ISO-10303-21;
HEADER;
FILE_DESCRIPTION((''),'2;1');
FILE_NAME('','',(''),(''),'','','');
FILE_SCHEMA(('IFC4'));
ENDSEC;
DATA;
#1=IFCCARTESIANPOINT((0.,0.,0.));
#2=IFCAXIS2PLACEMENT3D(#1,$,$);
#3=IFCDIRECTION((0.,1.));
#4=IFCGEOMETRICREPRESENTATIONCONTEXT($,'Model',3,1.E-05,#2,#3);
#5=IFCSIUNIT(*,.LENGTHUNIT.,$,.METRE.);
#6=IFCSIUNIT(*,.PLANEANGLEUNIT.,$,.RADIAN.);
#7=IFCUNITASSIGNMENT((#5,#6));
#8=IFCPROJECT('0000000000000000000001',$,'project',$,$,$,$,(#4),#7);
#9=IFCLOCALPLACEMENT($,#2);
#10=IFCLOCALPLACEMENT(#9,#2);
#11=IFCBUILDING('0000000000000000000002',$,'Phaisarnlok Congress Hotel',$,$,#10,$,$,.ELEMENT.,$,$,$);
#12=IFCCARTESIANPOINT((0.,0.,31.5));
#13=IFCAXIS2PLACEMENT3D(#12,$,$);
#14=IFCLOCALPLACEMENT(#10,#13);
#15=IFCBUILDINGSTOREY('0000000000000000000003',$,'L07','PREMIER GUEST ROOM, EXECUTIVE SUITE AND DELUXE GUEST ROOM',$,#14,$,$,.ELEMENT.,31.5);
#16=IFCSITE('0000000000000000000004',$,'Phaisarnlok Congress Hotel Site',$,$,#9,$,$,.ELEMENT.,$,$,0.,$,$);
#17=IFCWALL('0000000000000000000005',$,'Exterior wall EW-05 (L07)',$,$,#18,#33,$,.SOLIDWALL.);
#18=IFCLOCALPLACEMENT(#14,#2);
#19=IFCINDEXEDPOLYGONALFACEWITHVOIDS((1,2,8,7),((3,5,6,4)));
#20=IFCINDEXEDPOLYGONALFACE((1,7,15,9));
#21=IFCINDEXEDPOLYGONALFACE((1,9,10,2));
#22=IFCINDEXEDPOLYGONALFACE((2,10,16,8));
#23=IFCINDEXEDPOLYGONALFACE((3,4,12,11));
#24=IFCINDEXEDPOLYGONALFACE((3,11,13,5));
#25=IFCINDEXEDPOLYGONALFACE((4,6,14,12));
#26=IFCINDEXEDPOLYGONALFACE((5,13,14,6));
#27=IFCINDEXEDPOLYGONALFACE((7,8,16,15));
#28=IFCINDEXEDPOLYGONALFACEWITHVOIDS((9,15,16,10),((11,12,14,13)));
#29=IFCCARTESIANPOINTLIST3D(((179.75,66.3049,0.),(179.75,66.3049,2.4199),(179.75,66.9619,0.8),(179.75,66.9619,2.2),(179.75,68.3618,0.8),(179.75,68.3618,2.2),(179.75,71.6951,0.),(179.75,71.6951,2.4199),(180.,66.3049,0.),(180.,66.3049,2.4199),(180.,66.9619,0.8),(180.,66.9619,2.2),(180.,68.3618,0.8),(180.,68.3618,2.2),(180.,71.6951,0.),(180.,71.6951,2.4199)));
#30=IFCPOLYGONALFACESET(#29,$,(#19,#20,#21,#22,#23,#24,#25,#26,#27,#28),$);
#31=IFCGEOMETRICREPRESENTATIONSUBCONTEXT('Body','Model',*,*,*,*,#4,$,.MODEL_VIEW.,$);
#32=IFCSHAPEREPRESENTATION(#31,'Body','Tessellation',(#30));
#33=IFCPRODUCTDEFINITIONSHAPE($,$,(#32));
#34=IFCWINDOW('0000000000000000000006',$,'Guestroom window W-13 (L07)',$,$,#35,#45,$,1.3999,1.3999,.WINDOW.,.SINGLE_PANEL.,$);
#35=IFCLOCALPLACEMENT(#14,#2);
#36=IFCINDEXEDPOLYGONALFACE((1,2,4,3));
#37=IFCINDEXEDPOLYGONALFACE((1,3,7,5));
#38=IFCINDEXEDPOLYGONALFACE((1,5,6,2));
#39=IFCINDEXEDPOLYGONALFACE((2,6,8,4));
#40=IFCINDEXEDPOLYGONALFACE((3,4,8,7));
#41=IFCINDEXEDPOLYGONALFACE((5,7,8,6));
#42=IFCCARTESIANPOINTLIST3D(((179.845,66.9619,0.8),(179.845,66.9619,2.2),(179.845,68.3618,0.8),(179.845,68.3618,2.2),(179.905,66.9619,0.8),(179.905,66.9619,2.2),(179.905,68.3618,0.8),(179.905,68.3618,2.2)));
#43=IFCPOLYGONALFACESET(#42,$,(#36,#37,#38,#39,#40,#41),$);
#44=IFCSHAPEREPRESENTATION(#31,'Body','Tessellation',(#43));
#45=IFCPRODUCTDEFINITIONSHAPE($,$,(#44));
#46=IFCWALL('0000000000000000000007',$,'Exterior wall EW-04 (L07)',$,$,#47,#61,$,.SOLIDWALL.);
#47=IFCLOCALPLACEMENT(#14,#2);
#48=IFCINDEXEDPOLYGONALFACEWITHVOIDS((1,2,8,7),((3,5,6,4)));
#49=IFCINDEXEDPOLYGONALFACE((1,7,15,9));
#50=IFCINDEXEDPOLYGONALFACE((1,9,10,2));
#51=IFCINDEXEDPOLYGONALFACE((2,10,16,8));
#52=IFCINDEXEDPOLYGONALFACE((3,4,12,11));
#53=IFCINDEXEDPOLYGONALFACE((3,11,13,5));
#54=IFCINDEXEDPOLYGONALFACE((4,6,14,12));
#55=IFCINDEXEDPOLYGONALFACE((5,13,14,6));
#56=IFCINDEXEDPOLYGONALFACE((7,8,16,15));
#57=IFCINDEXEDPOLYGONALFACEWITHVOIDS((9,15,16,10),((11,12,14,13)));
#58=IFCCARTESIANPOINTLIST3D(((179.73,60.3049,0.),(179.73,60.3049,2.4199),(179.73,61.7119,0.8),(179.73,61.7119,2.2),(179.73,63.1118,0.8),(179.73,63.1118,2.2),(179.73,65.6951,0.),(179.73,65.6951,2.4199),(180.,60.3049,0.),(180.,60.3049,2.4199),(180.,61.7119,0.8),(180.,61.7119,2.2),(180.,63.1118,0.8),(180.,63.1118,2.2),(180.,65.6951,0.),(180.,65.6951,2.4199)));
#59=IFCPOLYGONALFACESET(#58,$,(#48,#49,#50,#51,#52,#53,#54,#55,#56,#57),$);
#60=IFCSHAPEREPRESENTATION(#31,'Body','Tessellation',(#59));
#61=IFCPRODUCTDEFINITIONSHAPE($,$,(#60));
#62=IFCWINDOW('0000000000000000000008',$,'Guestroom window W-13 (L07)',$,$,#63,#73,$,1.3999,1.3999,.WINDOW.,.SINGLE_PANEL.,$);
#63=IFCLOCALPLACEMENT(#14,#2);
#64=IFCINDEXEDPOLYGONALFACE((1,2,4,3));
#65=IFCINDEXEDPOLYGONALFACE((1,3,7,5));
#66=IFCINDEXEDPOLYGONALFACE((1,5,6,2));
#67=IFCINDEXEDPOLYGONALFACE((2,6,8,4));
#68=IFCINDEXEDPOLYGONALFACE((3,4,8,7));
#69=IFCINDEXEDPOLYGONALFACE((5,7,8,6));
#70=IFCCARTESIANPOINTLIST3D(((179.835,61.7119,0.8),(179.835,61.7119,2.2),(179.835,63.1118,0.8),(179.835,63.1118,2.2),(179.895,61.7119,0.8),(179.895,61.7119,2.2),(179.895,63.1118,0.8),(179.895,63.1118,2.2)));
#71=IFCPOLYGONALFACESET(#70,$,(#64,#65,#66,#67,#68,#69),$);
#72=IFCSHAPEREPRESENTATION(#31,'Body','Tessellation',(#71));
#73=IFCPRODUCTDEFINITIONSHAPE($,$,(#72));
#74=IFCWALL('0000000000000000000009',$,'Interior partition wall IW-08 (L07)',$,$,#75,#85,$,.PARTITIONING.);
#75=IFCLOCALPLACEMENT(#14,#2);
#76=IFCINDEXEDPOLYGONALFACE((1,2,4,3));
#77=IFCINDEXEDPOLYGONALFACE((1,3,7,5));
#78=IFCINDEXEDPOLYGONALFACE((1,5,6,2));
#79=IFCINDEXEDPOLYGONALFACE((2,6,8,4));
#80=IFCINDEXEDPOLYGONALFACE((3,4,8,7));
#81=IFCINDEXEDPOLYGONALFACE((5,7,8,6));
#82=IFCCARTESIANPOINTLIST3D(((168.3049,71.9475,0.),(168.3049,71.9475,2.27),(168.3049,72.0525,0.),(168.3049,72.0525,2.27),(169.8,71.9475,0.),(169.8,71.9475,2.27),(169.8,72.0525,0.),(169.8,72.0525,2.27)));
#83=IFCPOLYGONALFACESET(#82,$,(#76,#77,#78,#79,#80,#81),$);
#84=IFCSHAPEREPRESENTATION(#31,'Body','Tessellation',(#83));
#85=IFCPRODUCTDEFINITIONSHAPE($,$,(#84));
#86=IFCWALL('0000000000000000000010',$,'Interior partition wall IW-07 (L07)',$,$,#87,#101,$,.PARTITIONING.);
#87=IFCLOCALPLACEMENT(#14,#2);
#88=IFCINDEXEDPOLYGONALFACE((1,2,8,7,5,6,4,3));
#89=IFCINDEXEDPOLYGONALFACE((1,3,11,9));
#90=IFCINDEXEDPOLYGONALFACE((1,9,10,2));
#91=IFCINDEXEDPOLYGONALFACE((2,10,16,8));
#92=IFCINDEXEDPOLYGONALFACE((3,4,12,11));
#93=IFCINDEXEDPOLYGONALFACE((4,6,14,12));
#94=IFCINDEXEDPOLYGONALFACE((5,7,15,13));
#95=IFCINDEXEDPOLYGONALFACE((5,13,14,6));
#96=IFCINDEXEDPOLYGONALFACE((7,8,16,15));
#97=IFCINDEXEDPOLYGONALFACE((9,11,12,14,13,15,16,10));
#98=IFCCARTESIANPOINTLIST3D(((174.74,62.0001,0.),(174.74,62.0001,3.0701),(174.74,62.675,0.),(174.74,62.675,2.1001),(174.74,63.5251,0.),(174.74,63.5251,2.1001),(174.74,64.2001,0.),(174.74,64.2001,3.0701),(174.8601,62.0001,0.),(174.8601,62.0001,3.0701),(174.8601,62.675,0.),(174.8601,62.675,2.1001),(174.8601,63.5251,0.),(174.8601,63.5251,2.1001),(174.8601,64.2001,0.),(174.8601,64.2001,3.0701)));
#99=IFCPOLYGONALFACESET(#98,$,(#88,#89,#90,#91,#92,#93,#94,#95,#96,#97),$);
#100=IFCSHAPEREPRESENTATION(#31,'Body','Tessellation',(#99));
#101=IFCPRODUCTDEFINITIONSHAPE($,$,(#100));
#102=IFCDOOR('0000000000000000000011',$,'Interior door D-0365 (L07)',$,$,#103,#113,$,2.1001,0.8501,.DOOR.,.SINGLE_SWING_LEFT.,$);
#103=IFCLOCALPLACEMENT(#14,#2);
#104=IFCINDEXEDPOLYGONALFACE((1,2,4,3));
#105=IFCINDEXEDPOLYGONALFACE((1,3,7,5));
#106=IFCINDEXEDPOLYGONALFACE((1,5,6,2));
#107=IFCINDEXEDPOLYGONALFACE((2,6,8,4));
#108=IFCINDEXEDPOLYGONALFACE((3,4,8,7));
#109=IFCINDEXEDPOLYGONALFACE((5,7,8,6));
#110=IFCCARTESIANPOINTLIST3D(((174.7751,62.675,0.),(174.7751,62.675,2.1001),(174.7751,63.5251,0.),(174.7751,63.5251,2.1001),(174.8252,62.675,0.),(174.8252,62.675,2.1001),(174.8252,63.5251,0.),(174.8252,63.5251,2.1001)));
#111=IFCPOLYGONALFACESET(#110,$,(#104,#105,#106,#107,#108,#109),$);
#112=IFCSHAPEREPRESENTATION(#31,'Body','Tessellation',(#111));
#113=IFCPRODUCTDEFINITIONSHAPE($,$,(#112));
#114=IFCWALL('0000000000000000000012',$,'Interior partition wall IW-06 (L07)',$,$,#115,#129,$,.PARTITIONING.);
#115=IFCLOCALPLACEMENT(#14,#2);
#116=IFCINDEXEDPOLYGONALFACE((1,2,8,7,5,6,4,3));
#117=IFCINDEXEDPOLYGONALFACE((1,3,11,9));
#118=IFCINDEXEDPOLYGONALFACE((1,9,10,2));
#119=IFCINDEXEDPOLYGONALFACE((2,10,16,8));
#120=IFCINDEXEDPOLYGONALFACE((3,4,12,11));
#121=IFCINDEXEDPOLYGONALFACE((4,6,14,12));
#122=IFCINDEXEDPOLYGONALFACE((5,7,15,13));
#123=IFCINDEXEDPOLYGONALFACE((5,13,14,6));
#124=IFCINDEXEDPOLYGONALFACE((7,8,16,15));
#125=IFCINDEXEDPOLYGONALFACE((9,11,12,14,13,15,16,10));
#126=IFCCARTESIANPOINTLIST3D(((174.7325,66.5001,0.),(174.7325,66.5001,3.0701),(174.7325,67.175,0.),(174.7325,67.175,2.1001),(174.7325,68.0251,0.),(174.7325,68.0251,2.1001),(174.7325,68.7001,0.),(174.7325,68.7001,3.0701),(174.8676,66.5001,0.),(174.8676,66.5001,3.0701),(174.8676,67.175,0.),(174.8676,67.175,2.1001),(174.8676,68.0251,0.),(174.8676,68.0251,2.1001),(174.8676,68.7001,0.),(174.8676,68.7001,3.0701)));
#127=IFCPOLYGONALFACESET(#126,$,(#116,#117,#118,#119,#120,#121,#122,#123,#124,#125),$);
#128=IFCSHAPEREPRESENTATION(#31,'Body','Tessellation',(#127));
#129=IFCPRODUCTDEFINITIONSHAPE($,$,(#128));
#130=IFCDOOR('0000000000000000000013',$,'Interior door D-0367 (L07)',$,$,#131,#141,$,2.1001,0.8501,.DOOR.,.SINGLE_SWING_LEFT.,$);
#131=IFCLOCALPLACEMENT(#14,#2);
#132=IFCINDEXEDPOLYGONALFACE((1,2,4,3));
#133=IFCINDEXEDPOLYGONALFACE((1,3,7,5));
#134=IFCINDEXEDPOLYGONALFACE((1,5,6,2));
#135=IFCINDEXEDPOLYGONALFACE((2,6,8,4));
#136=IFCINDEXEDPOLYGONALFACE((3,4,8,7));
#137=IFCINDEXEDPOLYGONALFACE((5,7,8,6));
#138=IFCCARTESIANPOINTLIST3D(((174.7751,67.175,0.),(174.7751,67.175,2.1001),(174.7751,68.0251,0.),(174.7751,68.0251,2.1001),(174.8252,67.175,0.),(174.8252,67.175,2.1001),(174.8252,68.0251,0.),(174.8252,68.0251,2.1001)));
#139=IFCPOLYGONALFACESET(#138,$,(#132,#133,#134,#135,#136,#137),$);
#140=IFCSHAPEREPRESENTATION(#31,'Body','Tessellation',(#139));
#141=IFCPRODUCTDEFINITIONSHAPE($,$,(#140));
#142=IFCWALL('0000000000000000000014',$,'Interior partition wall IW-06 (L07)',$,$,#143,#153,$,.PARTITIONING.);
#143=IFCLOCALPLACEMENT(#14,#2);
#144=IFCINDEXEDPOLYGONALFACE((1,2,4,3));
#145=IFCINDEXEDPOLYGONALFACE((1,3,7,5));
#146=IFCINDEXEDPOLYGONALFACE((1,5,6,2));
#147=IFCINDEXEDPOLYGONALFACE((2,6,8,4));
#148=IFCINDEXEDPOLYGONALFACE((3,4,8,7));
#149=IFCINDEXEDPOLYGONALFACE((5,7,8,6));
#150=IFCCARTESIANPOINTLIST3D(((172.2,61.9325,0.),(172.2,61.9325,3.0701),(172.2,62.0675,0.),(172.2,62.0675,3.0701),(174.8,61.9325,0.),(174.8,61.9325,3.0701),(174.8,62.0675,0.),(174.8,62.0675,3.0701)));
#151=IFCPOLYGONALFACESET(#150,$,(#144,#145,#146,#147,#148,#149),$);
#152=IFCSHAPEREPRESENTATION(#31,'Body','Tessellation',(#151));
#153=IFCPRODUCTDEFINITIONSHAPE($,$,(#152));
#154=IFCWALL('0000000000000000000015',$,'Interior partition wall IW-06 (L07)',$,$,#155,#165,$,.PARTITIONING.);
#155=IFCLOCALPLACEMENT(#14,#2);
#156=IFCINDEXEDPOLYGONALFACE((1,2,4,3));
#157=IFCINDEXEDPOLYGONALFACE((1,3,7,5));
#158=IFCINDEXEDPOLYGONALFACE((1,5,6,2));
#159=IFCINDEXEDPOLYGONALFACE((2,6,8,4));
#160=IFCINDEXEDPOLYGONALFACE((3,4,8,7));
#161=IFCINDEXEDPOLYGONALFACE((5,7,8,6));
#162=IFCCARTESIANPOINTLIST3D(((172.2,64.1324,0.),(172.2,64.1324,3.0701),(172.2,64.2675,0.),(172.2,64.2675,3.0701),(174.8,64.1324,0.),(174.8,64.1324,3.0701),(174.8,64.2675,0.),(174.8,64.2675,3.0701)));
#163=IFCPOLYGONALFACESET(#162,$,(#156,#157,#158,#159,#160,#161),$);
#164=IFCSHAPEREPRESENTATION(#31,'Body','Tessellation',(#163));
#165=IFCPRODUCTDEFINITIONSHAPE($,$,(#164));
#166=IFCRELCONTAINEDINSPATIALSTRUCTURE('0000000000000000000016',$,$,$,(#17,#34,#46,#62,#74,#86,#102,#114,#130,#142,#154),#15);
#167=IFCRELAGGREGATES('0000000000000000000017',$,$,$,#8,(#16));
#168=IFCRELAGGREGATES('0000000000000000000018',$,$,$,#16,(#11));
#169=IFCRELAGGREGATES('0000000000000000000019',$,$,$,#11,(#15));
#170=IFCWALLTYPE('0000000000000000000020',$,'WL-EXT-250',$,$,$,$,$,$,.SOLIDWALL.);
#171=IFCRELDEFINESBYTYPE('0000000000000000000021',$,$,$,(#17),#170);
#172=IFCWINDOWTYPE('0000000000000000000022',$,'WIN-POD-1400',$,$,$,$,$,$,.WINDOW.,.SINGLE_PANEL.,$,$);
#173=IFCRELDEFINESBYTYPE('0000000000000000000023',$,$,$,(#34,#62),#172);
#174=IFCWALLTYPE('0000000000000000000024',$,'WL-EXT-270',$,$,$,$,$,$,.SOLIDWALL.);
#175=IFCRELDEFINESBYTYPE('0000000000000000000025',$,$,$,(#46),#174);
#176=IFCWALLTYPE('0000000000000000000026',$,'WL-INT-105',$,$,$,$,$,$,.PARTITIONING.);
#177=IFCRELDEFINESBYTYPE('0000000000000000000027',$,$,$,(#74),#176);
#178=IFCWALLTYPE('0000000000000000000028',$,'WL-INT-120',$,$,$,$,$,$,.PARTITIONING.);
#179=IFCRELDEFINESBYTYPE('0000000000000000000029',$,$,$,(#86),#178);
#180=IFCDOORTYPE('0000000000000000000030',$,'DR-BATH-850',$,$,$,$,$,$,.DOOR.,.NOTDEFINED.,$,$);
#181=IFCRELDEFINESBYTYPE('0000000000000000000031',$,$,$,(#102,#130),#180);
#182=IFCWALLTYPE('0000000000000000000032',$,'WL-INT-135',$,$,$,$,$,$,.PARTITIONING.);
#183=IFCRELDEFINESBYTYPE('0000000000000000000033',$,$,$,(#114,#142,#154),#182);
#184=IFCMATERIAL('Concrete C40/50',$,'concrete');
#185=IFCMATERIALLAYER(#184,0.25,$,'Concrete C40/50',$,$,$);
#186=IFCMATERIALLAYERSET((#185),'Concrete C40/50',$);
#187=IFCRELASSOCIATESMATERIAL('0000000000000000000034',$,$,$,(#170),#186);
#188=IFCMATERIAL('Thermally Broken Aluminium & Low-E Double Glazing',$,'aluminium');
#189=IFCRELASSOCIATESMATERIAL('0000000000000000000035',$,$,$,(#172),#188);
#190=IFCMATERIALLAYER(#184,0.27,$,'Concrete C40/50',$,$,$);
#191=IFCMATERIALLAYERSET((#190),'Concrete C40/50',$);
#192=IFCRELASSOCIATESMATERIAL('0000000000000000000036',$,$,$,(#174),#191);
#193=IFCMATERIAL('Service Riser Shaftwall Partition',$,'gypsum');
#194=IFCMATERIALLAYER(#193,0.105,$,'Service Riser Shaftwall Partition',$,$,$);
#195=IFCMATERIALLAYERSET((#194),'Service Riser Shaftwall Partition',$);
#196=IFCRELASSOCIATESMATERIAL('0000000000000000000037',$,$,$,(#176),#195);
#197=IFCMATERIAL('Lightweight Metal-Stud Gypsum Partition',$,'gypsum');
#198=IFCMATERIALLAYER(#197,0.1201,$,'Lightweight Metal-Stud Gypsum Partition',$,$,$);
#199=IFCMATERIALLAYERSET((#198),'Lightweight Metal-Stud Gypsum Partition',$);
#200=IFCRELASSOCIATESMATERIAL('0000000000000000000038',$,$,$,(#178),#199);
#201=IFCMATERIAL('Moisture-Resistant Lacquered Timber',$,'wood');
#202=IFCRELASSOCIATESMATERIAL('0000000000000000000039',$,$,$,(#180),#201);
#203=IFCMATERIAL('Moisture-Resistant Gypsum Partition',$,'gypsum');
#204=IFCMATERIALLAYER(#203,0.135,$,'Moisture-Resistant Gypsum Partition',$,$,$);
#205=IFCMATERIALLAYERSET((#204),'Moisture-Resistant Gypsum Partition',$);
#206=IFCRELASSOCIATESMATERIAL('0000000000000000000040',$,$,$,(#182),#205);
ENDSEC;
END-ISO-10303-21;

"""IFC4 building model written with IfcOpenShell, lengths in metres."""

from ifc_helpers import new_model, si_unit, direction, frame, frame_2d, origin, place, context, subcontext, project, spatial, rectangle, extrude, material, layer, layer_set, type_object, element, fill, save


model = new_model("IFC4")

# Units and contexts
model_context = context("Model", 3, precision=1e-05, world=origin(), true_north=direction((0.0, 1.0)))
body_context = subcontext(model_context, "Body", "Model", "MODEL_VIEW")
ifc_project = project(units=[si_unit("LENGTHUNIT", "METRE"), si_unit("PLANEANGLEUNIT", "RADIAN")], contexts=[model_context])

# Site, building, storey
site_placement = place(None, origin())
site = spatial("IfcSite", under=ifc_project, at=site_placement, Name="Phaisarnlok Congress Hotel Site", CompositionType="ELEMENT", RefElevation=0.0)
building_placement = place(site_placement, origin())
building = spatial("IfcBuilding", under=site, at=building_placement, Name="Phaisarnlok Congress Hotel", CompositionType="ELEMENT")
storey_placement = place(building_placement, frame((0.0, 0.0, 31.5)))
storey = spatial("IfcBuildingStorey", under=building, at=storey_placement, Name="L07", Description="PREMIER GUEST ROOM, EXECUTIVE SUITE AND DELUXE GUEST ROOM", CompositionType="ELEMENT", Elevation=31.5)

# Shared definitions
ifc_material_1 = material(Name="Concrete C40/50", Category="concrete")

# Walls, openings, windows
ifc_layer_1 = layer(ifc_material_1, 0.25, Name="Concrete C40/50")
ifc_layer_set_1 = layer_set([ifc_layer_1], Name="Concrete C40/50")
wall_type_1 = type_object("IfcWallType", Name="WL-EXT-250", PredefinedType="SOLIDWALL", material=ifc_layer_set_1)
wall_1_placement = place(storey_placement, frame((179.875, 66.3049, 0.0), z_axis=(0.0, 0.0, 1.0), x_axis=(0.0, 1.0, 0.0)))
wall_1 = element("IfcWall", 1, at=wall_1_placement, inside=storey, type_object=wall_type_1, Name="Exterior wall EW-05 (L07)", PredefinedType="SOLIDWALL", context=body_context, shape_type="SweptSolid", body=[
    extrude(rectangle(XDim=5.3901, YDim=0.25, at=frame_2d((2.6951, 0.0))), origin(), (0.0, 0.0, 1.0), 2.4199),
])
opening_1_placement = place(wall_1_placement, frame((0.657, 0.0, 0.8)))
opening_1 = element("IfcOpeningElement", 2, at=opening_1_placement, cuts=wall_1, PredefinedType="OPENING", context=body_context, shape_type="SweptSolid", body=[
    extrude(rectangle(XDim=1.3999, YDim=1.3999, at=frame_2d((0.7, 0.7))), frame((0.0, 0.135, 0.0), z_axis=(0.0, -1.0, 0.0), x_axis=(1.0, 0.0, 0.0)), (0.0, 0.0, 1.0), 0.27),
])
ifc_material_2 = material(Name="Thermally Broken Aluminium & Low-E Double Glazing", Category="aluminium")
window_type = type_object("IfcWindowType", Name="WIN-POD-1400", PartitioningType="SINGLE_PANEL", PredefinedType="WINDOW", material=ifc_material_2)
window_1_placement = place(opening_1_placement, origin())
window_1 = element("IfcWindow", 3, at=window_1_placement, inside=storey, type_object=window_type, Name="Guestroom window W-13 (L07)", OverallHeight=1.3999, OverallWidth=1.3999, PartitioningType="SINGLE_PANEL", PredefinedType="WINDOW", context=body_context, shape_type="SweptSolid", body=[
    extrude(rectangle(XDim=1.3999, YDim=1.3999, at=frame_2d((0.7, 0.7))), frame((0.0, 0.03, 0.0), z_axis=(0.0, -1.0, 0.0), x_axis=(1.0, 0.0, 0.0)), (0.0, 0.0, 1.0), 0.0601),
])
fill(opening_1, window_1)
ifc_layer_2 = layer(ifc_material_1, 0.27, Name="Concrete C40/50")
ifc_layer_set_2 = layer_set([ifc_layer_2], Name="Concrete C40/50")
wall_type_2 = type_object("IfcWallType", Name="WL-EXT-270", PredefinedType="SOLIDWALL", material=ifc_layer_set_2)
wall_2_placement = place(storey_placement, frame((179.865, 60.3049, 0.0), z_axis=(0.0, 0.0, 1.0), x_axis=(0.0, 1.0, 0.0)))
wall_2 = element("IfcWall", 4, at=wall_2_placement, inside=storey, type_object=wall_type_2, Name="Exterior wall EW-04 (L07)", PredefinedType="SOLIDWALL", context=body_context, shape_type="SweptSolid", body=[
    extrude(rectangle(XDim=5.3901, YDim=0.27, at=frame_2d((2.6951, 0.0))), origin(), (0.0, 0.0, 1.0), 2.4199),
])
opening_2_placement = place(wall_2_placement, frame((1.407, 0.0, 0.8)))
opening_2 = element("IfcOpeningElement", 5, at=opening_2_placement, cuts=wall_2, PredefinedType="OPENING", context=body_context, shape_type="SweptSolid", body=[
    extrude(rectangle(XDim=1.3999, YDim=1.3999, at=frame_2d((0.7, 0.7))), frame((0.0, 0.145, 0.0), z_axis=(0.0, -1.0, 0.0), x_axis=(1.0, 0.0, 0.0)), (0.0, 0.0, 1.0), 0.29),
])
window_2_placement = place(opening_2_placement, origin())
window_2 = element("IfcWindow", 6, at=window_2_placement, inside=storey, type_object=window_type, Name="Guestroom window W-13 (L07)", OverallHeight=1.3999, OverallWidth=1.3999, PartitioningType="SINGLE_PANEL", PredefinedType="WINDOW", context=body_context, shape_type="SweptSolid", body=[
    extrude(rectangle(XDim=1.3999, YDim=1.3999, at=frame_2d((0.7, 0.7))), frame((0.0, 0.03, 0.0), z_axis=(0.0, -1.0, 0.0), x_axis=(1.0, 0.0, 0.0)), (0.0, 0.0, 1.0), 0.0601),
])
fill(opening_2, window_2)

# Wall
ifc_material_3 = material(Name="Service Riser Shaftwall Partition", Category="gypsum")
ifc_layer_3 = layer(ifc_material_3, 0.105, Name="Service Riser Shaftwall Partition")
ifc_layer_set_3 = layer_set([ifc_layer_3], Name="Service Riser Shaftwall Partition")
wall_type_3 = type_object("IfcWallType", Name="WL-INT-105", PredefinedType="PARTITIONING", material=ifc_layer_set_3)
wall_3_placement = place(storey_placement, frame((168.3049, 72.0, 0.0), z_axis=(0.0, 0.0, 1.0), x_axis=(1.0, 0.0, 0.0)))
element("IfcWall", 7, at=wall_3_placement, inside=storey, type_object=wall_type_3, Name="Interior partition wall IW-08 (L07)", PredefinedType="PARTITIONING", context=body_context, shape_type="SweptSolid", body=[
    extrude(rectangle(XDim=1.4951, YDim=0.105, at=frame_2d((0.7476, 0.0))), origin(), (0.0, 0.0, 1.0), 2.27),
])

# Walls, openings, doors
ifc_material_4 = material(Name="Lightweight Metal-Stud Gypsum Partition", Category="gypsum")
ifc_layer_4 = layer(ifc_material_4, 0.1201, Name="Lightweight Metal-Stud Gypsum Partition")
ifc_layer_set_4 = layer_set([ifc_layer_4], Name="Lightweight Metal-Stud Gypsum Partition")
wall_type_4 = type_object("IfcWallType", Name="WL-INT-120", PredefinedType="PARTITIONING", material=ifc_layer_set_4)
wall_4_placement = place(storey_placement, frame((174.8, 62.0, 0.0), z_axis=(0.0, 0.0, 1.0), x_axis=(0.0, 1.0, 0.0)))
wall_4 = element("IfcWall", 8, at=wall_4_placement, inside=storey, type_object=wall_type_4, Name="Interior partition wall IW-07 (L07)", PredefinedType="PARTITIONING", context=body_context, shape_type="SweptSolid", body=[
    extrude(rectangle(XDim=2.2, YDim=0.1201, at=frame_2d((1.1001, 0.0))), origin(), (0.0, 0.0, 1.0), 3.0701),
])
opening_3_placement = place(wall_4_placement, frame((0.675, 0.0, 0.0)))
opening_3 = element("IfcOpeningElement", 9, at=opening_3_placement, cuts=wall_4, PredefinedType="OPENING", context=body_context, shape_type="SweptSolid", body=[
    extrude(rectangle(XDim=0.8501, YDim=2.1001, at=frame_2d((0.425, 1.05))), frame((0.0, 0.0701, 0.0), z_axis=(0.0, -1.0, 0.0), x_axis=(1.0, 0.0, 0.0)), (0.0, 0.0, 1.0), 0.1401),
])
ifc_material_5 = material(Name="Moisture-Resistant Lacquered Timber", Category="wood")
door_type = type_object("IfcDoorType", Name="DR-BATH-850", OperationType="NOTDEFINED", PredefinedType="DOOR", material=ifc_material_5)
door_1_placement = place(opening_3_placement, origin())
door_1 = element("IfcDoor", 10, at=door_1_placement, inside=storey, type_object=door_type, Name="Interior door D-0365 (L07)", OperationType="SINGLE_SWING_LEFT", OverallHeight=2.1001, OverallWidth=0.8501, PredefinedType="DOOR", context=body_context, shape_type="SweptSolid", body=[
    extrude(rectangle(XDim=0.8501, YDim=2.1001, at=frame_2d((0.425, 1.05))), frame((0.0, 0.0249, 0.0), z_axis=(0.0, -1.0, 0.0), x_axis=(1.0, 0.0, 0.0)), (0.0, 0.0, 1.0), 0.05),
])
fill(opening_3, door_1)
ifc_material_6 = material(Name="Moisture-Resistant Gypsum Partition", Category="gypsum")
ifc_layer_5 = layer(ifc_material_6, 0.135, Name="Moisture-Resistant Gypsum Partition")
ifc_layer_set_5 = layer_set([ifc_layer_5], Name="Moisture-Resistant Gypsum Partition")
wall_type_5 = type_object("IfcWallType", Name="WL-INT-135", PredefinedType="PARTITIONING", material=ifc_layer_set_5)
wall_5_placement = place(storey_placement, frame((174.8, 66.5, 0.0), z_axis=(0.0, 0.0, 1.0), x_axis=(0.0, 1.0, 0.0)))
wall_5 = element("IfcWall", 11, at=wall_5_placement, inside=storey, type_object=wall_type_5, Name="Interior partition wall IW-06 (L07)", PredefinedType="PARTITIONING", context=body_context, shape_type="SweptSolid", body=[
    extrude(rectangle(XDim=2.2, YDim=0.135, at=frame_2d((1.1001, 0.0))), origin(), (0.0, 0.0, 1.0), 3.0701),
])
opening_4_placement = place(wall_5_placement, frame((0.675, 0.0, 0.0)))
opening_4 = element("IfcOpeningElement", 12, at=opening_4_placement, cuts=wall_5, PredefinedType="OPENING", context=body_context, shape_type="SweptSolid", body=[
    extrude(rectangle(XDim=0.8501, YDim=2.1001, at=frame_2d((0.425, 1.05))), frame((0.0, 0.0776, 0.0), z_axis=(0.0, -1.0, 0.0), x_axis=(1.0, 0.0, 0.0)), (0.0, 0.0, 1.0), 0.155),
])
door_2_placement = place(opening_4_placement, origin())
door_2 = element("IfcDoor", 13, at=door_2_placement, inside=storey, type_object=door_type, Name="Interior door D-0367 (L07)", OperationType="SINGLE_SWING_LEFT", OverallHeight=2.1001, OverallWidth=0.8501, PredefinedType="DOOR", context=body_context, shape_type="SweptSolid", body=[
    extrude(rectangle(XDim=0.8501, YDim=2.1001, at=frame_2d((0.425, 1.05))), frame((0.0, 0.0249, 0.0), z_axis=(0.0, -1.0, 0.0), x_axis=(1.0, 0.0, 0.0)), (0.0, 0.0, 1.0), 0.05),
])
fill(opening_4, door_2)

# Walls
for number, where, z_axis, x_axis, name in (
    (14, (172.2, 62.0, 0.0), (0.0, 0.0, 1.0), (1.0, 0.0, 0.0), "Interior partition wall IW-06 (L07)"),
    (15, (172.2, 64.2, 0.0), (0.0, 0.0, 1.0), (1.0, 0.0, 0.0), "Interior partition wall IW-06 (L07)"),
):
    element("IfcWall", number, at=place(storey_placement, frame(where, z_axis=z_axis, x_axis=x_axis)), inside=storey, type_object=wall_type_5, Name=name, PredefinedType="PARTITIONING", context=body_context, shape_type="SweptSolid", body=[
        extrude(rectangle(XDim=2.6001, YDim=0.135, at=frame_2d((1.3, 0.0))), origin(), (0.0, 0.0, 1.0), 3.0701),
    ])

save(model, "model.ifc")
